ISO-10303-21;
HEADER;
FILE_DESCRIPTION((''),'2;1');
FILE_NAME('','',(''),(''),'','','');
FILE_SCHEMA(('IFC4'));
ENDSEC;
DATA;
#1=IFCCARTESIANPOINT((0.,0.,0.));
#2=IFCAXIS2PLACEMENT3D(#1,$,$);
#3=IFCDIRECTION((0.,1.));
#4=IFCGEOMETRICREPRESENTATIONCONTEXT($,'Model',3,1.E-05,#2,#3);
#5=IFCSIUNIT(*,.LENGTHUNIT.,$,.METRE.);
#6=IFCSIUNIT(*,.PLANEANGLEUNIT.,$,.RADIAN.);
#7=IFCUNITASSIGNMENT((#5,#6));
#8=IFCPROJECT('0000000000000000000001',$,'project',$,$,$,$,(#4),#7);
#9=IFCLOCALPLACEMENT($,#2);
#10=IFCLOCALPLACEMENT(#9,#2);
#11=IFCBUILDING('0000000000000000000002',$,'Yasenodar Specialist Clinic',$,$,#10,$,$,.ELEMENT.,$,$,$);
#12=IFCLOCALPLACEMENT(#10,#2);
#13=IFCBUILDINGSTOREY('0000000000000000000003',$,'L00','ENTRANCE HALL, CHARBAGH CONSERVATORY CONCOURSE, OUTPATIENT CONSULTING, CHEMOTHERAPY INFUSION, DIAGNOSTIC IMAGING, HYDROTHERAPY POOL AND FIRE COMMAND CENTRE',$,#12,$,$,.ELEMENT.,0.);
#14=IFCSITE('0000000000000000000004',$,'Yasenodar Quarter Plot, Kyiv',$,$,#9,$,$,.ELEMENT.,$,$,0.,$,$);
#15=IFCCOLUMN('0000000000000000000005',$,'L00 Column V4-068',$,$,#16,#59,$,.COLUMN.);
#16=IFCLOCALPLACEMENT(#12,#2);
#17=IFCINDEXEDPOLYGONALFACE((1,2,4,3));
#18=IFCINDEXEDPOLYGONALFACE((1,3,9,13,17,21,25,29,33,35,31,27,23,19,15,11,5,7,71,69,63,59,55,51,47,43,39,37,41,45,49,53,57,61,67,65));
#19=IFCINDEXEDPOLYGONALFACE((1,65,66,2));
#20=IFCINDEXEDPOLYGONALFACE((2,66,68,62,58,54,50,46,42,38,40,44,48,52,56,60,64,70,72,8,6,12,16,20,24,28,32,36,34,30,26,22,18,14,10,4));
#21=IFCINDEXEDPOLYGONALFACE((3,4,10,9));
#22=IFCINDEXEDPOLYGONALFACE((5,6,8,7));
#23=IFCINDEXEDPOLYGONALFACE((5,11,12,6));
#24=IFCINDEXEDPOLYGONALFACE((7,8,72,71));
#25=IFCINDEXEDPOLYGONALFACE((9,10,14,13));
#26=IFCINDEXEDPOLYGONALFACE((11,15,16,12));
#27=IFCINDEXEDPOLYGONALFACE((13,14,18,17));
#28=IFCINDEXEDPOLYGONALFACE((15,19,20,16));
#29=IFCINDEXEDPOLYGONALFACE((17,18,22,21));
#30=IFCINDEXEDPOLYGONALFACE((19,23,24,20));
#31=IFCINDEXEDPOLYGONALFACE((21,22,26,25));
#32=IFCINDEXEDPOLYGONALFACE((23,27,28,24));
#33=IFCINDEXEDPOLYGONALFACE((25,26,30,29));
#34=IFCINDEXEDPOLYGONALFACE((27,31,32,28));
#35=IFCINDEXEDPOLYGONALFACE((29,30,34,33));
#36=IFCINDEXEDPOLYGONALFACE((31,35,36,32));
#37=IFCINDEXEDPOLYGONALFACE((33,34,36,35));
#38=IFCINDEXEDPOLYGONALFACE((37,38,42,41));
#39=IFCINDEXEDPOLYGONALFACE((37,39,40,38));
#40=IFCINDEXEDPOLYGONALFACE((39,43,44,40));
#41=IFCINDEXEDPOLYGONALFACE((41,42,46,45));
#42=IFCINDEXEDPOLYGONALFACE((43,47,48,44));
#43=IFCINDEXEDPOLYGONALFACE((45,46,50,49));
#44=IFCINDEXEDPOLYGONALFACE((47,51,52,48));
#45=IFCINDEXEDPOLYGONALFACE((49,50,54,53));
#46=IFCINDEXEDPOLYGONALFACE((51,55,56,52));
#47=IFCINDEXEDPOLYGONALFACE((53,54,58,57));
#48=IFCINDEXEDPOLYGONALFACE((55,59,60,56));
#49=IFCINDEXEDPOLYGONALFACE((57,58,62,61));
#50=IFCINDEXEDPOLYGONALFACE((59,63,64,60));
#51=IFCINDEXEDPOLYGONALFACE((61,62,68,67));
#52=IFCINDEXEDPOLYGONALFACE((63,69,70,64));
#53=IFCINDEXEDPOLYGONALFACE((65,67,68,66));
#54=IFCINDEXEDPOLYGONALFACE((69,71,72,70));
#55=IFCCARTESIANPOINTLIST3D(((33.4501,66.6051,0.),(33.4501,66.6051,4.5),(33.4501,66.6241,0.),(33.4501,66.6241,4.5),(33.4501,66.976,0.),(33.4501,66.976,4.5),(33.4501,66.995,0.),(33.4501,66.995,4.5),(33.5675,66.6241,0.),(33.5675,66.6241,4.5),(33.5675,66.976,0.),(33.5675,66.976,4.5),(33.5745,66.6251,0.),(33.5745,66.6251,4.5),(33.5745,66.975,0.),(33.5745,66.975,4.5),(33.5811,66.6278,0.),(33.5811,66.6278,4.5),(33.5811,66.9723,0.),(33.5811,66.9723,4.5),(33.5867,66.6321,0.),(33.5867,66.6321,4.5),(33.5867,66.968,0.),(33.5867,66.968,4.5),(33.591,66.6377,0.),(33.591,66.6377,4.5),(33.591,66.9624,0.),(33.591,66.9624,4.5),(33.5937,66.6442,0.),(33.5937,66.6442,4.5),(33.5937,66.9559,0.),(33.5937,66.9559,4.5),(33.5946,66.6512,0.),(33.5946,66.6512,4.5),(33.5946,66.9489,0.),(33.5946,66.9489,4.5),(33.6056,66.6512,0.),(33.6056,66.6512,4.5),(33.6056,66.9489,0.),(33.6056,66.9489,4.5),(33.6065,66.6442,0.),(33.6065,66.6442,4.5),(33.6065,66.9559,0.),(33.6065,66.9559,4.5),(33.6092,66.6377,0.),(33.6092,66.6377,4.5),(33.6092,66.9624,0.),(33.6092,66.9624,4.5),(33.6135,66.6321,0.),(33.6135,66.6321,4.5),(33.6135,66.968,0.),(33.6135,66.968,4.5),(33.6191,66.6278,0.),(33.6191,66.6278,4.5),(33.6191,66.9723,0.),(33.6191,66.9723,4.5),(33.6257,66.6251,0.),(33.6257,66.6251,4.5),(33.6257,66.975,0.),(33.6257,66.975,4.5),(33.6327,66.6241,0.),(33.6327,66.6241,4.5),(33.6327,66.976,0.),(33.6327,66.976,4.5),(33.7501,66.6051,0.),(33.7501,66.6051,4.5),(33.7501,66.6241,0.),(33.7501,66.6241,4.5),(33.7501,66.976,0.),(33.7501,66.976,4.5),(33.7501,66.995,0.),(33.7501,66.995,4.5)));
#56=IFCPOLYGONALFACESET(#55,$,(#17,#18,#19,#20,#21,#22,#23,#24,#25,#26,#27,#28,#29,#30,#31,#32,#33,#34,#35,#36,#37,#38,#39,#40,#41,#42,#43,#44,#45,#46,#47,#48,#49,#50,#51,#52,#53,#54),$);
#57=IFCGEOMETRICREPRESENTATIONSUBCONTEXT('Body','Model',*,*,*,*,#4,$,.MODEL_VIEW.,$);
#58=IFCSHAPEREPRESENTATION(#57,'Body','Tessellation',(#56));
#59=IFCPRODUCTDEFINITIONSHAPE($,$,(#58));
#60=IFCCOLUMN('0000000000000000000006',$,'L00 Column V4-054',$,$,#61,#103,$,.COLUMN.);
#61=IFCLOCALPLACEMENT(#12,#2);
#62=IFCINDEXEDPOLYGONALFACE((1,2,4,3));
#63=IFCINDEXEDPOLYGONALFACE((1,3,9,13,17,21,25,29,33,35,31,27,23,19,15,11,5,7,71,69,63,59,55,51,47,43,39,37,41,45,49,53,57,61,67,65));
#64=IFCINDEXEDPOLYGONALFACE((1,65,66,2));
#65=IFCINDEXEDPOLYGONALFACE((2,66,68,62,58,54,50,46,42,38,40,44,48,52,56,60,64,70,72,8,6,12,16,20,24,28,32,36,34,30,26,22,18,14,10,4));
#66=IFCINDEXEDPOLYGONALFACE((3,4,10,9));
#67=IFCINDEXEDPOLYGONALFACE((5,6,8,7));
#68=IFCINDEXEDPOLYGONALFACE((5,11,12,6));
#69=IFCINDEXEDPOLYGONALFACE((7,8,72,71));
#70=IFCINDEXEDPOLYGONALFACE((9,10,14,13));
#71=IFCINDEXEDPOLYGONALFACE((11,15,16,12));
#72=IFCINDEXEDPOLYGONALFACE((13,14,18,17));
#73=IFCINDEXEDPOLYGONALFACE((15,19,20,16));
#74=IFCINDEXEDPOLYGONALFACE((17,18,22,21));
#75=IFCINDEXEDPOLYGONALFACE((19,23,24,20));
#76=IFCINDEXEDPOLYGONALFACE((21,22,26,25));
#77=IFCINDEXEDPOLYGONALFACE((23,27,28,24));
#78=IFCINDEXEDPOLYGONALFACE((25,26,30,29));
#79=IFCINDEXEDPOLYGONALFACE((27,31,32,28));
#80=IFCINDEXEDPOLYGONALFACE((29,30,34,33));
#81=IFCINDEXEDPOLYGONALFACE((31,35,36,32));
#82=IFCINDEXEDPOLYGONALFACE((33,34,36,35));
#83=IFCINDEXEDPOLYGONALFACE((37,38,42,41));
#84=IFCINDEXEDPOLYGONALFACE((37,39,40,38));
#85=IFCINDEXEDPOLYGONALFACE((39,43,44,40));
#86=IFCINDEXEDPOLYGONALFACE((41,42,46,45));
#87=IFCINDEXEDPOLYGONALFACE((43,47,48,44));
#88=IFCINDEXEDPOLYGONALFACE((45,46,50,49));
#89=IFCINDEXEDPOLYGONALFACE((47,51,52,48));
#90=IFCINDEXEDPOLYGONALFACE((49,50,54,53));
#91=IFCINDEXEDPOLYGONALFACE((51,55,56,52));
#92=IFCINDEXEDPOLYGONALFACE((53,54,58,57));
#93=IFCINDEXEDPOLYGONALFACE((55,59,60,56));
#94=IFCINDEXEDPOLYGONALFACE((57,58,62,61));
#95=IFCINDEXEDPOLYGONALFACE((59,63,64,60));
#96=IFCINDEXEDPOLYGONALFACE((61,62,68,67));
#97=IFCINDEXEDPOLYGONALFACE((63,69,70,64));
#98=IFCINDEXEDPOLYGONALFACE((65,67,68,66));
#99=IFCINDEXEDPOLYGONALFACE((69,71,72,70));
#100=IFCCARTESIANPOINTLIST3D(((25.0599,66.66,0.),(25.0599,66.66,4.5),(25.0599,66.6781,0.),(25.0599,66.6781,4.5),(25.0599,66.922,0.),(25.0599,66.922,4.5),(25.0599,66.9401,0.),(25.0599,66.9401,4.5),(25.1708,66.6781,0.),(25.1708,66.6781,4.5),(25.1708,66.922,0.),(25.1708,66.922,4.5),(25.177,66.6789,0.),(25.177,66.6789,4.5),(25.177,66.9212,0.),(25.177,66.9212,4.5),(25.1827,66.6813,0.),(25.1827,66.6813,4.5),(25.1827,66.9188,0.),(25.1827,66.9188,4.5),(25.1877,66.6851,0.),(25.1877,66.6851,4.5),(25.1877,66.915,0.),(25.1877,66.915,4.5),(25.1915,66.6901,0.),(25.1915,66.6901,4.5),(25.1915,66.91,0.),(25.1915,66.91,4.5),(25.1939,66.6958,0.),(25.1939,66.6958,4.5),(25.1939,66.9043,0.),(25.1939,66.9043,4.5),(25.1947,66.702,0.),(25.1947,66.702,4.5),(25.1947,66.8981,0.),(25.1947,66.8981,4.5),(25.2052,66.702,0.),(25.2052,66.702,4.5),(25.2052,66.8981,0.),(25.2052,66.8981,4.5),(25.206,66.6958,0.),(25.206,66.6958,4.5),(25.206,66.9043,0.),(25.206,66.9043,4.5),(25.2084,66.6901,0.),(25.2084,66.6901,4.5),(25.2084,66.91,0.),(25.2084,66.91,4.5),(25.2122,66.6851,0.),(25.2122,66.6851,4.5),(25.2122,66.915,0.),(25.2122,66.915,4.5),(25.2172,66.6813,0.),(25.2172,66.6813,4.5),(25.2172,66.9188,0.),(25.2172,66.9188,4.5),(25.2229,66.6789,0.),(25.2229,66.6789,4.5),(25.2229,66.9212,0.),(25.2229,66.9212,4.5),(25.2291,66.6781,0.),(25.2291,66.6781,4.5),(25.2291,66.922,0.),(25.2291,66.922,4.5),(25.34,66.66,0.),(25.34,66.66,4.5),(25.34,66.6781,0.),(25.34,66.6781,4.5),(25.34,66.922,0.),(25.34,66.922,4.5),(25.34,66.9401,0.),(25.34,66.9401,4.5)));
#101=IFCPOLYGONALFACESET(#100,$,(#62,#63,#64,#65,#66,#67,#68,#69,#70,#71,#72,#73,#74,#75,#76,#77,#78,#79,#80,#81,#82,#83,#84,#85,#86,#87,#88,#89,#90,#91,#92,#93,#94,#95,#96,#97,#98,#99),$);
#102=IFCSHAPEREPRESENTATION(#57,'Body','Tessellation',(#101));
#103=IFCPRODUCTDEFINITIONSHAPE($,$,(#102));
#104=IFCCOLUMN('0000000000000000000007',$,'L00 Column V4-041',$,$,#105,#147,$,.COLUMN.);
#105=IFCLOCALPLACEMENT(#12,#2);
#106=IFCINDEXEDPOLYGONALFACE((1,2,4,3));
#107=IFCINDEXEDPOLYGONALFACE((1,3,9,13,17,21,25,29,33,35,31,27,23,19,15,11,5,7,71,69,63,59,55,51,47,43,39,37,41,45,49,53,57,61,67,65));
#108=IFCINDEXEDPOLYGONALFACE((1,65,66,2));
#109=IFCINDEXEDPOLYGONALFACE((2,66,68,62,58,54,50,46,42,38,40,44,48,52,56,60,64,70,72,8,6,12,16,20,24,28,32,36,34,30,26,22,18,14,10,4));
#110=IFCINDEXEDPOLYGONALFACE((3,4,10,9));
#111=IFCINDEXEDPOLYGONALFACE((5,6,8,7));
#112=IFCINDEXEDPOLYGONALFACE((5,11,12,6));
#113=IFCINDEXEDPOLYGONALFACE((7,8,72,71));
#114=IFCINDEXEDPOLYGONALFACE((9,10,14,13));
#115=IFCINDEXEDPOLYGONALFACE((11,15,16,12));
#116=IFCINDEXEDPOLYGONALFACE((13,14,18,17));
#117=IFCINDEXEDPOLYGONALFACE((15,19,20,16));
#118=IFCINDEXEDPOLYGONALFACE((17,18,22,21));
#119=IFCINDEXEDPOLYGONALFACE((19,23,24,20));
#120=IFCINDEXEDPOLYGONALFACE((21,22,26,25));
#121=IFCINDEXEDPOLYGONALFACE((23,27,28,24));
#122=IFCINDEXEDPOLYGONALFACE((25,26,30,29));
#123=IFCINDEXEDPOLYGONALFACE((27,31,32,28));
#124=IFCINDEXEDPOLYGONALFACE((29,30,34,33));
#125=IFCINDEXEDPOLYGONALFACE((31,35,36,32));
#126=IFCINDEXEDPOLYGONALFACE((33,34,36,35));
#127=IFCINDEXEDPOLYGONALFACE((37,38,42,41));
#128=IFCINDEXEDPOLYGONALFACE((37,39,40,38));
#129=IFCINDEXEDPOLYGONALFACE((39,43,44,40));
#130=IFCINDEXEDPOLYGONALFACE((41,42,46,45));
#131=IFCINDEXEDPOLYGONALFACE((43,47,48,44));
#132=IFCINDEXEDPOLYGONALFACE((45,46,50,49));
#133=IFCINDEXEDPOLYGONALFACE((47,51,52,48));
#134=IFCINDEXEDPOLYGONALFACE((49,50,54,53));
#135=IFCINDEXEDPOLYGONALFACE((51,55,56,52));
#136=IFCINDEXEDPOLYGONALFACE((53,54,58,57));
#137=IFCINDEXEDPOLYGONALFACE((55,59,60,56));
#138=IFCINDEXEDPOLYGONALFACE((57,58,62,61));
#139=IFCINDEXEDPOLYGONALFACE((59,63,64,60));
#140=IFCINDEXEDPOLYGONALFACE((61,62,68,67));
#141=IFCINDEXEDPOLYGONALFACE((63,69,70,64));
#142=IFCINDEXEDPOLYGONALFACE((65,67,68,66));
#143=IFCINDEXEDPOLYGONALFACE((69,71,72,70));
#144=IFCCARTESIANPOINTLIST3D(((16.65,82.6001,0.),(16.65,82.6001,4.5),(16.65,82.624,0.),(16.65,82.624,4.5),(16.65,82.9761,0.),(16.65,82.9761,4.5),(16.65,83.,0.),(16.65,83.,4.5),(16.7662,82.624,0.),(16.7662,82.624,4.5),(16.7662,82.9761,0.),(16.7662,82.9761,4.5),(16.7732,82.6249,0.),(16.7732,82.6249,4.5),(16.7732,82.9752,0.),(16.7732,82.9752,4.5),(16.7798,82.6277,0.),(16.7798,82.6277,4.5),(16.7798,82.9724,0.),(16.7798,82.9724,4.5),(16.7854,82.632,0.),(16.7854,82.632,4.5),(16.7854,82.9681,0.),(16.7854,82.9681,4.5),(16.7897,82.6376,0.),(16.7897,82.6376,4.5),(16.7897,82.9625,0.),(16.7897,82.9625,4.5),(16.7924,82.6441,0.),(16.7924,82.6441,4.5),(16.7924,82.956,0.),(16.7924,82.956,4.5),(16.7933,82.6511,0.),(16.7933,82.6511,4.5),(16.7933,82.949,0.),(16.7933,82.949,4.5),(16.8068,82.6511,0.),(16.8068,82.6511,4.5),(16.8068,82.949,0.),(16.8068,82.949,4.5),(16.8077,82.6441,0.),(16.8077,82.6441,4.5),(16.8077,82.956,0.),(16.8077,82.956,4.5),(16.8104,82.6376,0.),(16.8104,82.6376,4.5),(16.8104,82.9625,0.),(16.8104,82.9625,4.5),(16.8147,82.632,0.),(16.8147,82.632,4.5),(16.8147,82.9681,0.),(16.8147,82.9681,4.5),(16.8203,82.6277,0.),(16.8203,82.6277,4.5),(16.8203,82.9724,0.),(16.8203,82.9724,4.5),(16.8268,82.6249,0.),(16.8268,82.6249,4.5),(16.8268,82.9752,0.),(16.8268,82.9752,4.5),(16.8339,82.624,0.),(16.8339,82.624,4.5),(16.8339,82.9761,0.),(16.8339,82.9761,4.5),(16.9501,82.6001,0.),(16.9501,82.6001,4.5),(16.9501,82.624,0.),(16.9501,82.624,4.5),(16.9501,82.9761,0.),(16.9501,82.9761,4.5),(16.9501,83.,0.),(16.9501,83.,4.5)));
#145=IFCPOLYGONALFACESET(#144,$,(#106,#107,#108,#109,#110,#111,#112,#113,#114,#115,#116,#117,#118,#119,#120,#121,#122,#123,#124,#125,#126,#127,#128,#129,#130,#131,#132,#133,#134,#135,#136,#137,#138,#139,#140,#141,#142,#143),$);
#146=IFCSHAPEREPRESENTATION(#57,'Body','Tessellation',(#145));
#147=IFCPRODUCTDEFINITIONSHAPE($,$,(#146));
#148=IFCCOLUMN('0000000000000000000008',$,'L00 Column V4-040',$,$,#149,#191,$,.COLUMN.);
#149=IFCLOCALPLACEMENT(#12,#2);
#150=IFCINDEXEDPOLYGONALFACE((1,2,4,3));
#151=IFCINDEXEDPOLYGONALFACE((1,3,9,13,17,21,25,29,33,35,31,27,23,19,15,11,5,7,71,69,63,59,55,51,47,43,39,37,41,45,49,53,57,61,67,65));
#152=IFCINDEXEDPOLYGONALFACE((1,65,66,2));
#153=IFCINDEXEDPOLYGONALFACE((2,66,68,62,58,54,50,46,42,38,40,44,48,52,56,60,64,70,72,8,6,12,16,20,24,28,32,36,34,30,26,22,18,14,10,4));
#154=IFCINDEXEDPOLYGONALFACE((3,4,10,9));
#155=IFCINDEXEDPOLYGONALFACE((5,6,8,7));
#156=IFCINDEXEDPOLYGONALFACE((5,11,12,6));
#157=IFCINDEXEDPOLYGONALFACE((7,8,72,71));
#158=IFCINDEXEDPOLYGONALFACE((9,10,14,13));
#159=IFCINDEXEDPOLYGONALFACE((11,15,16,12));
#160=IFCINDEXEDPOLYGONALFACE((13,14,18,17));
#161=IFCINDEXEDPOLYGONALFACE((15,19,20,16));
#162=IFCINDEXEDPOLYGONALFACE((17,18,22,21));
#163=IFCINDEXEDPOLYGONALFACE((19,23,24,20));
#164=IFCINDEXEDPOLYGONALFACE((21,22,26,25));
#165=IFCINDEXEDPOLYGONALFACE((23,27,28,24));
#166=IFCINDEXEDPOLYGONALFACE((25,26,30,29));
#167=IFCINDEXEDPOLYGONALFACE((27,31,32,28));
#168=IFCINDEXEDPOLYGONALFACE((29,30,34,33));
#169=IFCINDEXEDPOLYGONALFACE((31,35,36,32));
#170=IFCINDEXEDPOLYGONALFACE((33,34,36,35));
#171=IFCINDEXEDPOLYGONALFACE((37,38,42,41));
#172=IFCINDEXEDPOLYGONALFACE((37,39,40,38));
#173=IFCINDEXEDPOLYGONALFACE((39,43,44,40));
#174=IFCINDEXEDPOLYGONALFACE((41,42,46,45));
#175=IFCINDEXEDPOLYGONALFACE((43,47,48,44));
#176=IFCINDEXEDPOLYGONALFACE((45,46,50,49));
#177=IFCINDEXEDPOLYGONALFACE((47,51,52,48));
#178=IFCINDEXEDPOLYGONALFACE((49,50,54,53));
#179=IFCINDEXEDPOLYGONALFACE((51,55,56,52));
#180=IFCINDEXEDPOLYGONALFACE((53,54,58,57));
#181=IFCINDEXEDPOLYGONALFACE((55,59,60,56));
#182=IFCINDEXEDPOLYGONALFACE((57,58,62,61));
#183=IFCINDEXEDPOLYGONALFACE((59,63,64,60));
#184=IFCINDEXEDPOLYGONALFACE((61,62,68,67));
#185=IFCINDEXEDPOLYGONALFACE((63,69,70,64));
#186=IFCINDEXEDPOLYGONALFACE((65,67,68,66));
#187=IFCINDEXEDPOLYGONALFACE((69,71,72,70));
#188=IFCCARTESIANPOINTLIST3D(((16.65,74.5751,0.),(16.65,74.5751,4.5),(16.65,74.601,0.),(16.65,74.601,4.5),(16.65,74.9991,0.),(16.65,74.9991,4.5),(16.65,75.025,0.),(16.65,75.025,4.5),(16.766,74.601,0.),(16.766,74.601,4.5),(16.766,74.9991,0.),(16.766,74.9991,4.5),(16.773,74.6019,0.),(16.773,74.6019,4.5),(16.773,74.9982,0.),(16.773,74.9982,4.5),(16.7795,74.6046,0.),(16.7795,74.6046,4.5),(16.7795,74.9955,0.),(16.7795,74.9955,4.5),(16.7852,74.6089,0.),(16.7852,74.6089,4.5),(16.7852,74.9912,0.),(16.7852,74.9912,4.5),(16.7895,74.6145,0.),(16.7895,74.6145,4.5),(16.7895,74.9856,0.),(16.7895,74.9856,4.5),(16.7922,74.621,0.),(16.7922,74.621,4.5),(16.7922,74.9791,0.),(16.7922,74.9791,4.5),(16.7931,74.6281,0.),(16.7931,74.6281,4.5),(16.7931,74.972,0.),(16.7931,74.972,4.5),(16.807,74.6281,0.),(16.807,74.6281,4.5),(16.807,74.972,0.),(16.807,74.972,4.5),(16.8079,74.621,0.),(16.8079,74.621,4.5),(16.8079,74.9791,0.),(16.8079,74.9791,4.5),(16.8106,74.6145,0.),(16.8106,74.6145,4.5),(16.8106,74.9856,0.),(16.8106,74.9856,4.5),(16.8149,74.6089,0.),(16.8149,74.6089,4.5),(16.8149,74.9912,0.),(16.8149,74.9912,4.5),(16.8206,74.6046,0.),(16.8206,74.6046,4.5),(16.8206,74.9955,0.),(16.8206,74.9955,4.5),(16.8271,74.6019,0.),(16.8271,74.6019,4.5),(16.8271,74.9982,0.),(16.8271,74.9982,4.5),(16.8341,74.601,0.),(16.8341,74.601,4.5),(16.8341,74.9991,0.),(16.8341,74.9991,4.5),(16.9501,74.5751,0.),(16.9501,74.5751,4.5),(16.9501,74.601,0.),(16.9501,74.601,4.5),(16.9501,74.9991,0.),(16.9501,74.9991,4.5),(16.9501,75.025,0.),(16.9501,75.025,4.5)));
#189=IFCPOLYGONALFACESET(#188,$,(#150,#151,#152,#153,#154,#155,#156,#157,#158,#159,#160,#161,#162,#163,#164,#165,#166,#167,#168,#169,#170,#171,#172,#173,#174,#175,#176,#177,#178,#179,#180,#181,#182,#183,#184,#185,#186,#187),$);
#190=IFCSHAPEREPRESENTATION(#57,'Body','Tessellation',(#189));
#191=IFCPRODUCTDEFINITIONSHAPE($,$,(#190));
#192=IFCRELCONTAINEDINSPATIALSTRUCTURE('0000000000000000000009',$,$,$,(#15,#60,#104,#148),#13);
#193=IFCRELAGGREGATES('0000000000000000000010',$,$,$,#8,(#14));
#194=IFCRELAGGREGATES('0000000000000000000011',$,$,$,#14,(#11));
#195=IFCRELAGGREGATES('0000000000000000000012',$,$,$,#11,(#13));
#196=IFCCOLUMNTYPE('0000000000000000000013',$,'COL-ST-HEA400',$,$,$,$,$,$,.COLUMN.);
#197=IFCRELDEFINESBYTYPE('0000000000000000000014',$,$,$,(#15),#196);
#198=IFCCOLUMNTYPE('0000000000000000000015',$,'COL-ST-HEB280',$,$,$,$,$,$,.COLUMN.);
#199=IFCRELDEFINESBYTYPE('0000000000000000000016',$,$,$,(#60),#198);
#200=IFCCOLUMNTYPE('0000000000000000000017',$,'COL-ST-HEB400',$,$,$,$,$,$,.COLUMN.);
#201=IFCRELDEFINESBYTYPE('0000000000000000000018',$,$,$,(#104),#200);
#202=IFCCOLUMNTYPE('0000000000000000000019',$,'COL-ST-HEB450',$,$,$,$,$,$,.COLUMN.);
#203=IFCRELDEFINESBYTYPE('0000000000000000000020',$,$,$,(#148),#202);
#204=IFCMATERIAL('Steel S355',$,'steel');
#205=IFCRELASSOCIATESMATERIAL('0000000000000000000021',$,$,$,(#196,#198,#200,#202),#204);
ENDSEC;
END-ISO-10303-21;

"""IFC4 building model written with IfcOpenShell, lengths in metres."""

from ifc_helpers import new_model, si_unit, direction, frame, origin, origin_2d, place, context, subcontext, project, spatial, i_section, extrude, material, material_profile, profile_set, type_object, element, save


model = new_model("IFC4")

# Units and contexts
model_context = context("Model", 3, precision=1e-05, world=origin(), true_north=direction((0.0, 1.0)))
body_context = subcontext(model_context, "Body", "Model", "MODEL_VIEW")
ifc_project = project(units=[si_unit("LENGTHUNIT", "METRE"), si_unit("PLANEANGLEUNIT", "RADIAN")], contexts=[model_context])

# Site, building, storey
site_placement = place(None, origin())
site = spatial("IfcSite", under=ifc_project, at=site_placement, Name="Yasenodar Quarter Plot, Kyiv", CompositionType="ELEMENT", RefElevation=0.0)
building_placement = place(site_placement, origin())
building = spatial("IfcBuilding", under=site, at=building_placement, Name="Yasenodar Specialist Clinic", CompositionType="ELEMENT")
storey_placement = place(building_placement, origin())
storey = spatial("IfcBuildingStorey", under=building, at=storey_placement, Name="L00", Description="ENTRANCE HALL, CHARBAGH CONSERVATORY CONCOURSE, OUTPATIENT CONSULTING, CHEMOTHERAPY INFUSION, DIAGNOSTIC IMAGING, HYDROTHERAPY POOL AND FIRE COMMAND CENTRE", CompositionType="ELEMENT", Elevation=0.0)

# Columns
ifc_material_1 = material(Name="Steel S355", Category="steel")
ifc_material_profile_1 = material_profile(ifc_material_1, i_section(OverallWidth=0.3, OverallDepth=0.3899, WebThickness=0.011, FlangeThickness=0.019, FilletRadius=0.0271, at=origin_2d()), Name="HEA 400")
ifc_profile_set_1 = profile_set([ifc_material_profile_1], Name="Steel S355")
column_type_1 = type_object("IfcColumnType", Name="COL-ST-HEA400", PredefinedType="COLUMN", material=ifc_profile_set_1)
column_1_placement = place(storey_placement, frame((33.6001, 66.8, 0.0), z_axis=(0.0, 0.0, 1.0), x_axis=(1.0, 0.0, 0.0)))
element("IfcColumn", 1, at=column_1_placement, inside=storey, type_object=column_type_1, Name="L00 Column V4-068", PredefinedType="COLUMN", context=body_context, shape_type="SweptSolid", body=[
    extrude(i_section(OverallWidth=0.3, OverallDepth=0.3899, WebThickness=0.011, FlangeThickness=0.019, FilletRadius=0.0271, at=origin_2d()), origin(), (0.0, 0.0, 1.0), 4.5),
])
ifc_material_profile_2 = material_profile(ifc_material_1, i_section(OverallWidth=0.28, OverallDepth=0.28, WebThickness=0.0105, FlangeThickness=0.0181, FilletRadius=0.0239, at=origin_2d()), Name="HEB 280")
ifc_profile_set_2 = profile_set([ifc_material_profile_2], Name="Steel S355")
column_type_2 = type_object("IfcColumnType", Name="COL-ST-HEB280", PredefinedType="COLUMN", material=ifc_profile_set_2)
column_2_placement = place(storey_placement, frame((25.2, 66.8, 0.0), z_axis=(0.0, 0.0, 1.0), x_axis=(1.0, 0.0, 0.0)))
element("IfcColumn", 2, at=column_2_placement, inside=storey, type_object=column_type_2, Name="L00 Column V4-054", PredefinedType="COLUMN", context=body_context, shape_type="SweptSolid", body=[
    extrude(i_section(OverallWidth=0.28, OverallDepth=0.28, WebThickness=0.0105, FlangeThickness=0.0181, FilletRadius=0.0239, at=origin_2d()), origin(), (0.0, 0.0, 1.0), 4.5),
])
ifc_material_profile_3 = material_profile(ifc_material_1, i_section(OverallWidth=0.3, OverallDepth=0.3999, WebThickness=0.0134, FlangeThickness=0.0239, FilletRadius=0.0271, at=origin_2d()), Name="HEB 400")
ifc_profile_set_3 = profile_set([ifc_material_profile_3], Name="Steel S355")
column_type_3 = type_object("IfcColumnType", Name="COL-ST-HEB400", PredefinedType="COLUMN", material=ifc_profile_set_3)
column_3_placement = place(storey_placement, frame((16.8, 82.8, 0.0), z_axis=(0.0, 0.0, 1.0), x_axis=(1.0, 0.0, 0.0)))
element("IfcColumn", 3, at=column_3_placement, inside=storey, type_object=column_type_3, Name="L00 Column V4-041", PredefinedType="COLUMN", context=body_context, shape_type="SweptSolid", body=[
    extrude(i_section(OverallWidth=0.3, OverallDepth=0.3999, WebThickness=0.0134, FlangeThickness=0.0239, FilletRadius=0.0271, at=origin_2d()), origin(), (0.0, 0.0, 1.0), 4.5),
])
ifc_material_profile_4 = material_profile(ifc_material_1, i_section(OverallWidth=0.3, OverallDepth=0.45, WebThickness=0.0139, FlangeThickness=0.0259, FilletRadius=0.0271, at=origin_2d()), Name="HEB 450")
ifc_profile_set_4 = profile_set([ifc_material_profile_4], Name="Steel S355")
column_type_4 = type_object("IfcColumnType", Name="COL-ST-HEB450", PredefinedType="COLUMN", material=ifc_profile_set_4)
column_4_placement = place(storey_placement, frame((16.8, 74.8, 0.0), z_axis=(0.0, 0.0, 1.0), x_axis=(1.0, 0.0, 0.0)))
element("IfcColumn", 4, at=column_4_placement, inside=storey, type_object=column_type_4, Name="L00 Column V4-040", PredefinedType="COLUMN", context=body_context, shape_type="SweptSolid", body=[
    extrude(i_section(OverallWidth=0.3, OverallDepth=0.45, WebThickness=0.0139, FlangeThickness=0.0259, FilletRadius=0.0271, at=origin_2d()), origin(), (0.0, 0.0, 1.0), 4.5),
])

save(model, "model.ifc")
